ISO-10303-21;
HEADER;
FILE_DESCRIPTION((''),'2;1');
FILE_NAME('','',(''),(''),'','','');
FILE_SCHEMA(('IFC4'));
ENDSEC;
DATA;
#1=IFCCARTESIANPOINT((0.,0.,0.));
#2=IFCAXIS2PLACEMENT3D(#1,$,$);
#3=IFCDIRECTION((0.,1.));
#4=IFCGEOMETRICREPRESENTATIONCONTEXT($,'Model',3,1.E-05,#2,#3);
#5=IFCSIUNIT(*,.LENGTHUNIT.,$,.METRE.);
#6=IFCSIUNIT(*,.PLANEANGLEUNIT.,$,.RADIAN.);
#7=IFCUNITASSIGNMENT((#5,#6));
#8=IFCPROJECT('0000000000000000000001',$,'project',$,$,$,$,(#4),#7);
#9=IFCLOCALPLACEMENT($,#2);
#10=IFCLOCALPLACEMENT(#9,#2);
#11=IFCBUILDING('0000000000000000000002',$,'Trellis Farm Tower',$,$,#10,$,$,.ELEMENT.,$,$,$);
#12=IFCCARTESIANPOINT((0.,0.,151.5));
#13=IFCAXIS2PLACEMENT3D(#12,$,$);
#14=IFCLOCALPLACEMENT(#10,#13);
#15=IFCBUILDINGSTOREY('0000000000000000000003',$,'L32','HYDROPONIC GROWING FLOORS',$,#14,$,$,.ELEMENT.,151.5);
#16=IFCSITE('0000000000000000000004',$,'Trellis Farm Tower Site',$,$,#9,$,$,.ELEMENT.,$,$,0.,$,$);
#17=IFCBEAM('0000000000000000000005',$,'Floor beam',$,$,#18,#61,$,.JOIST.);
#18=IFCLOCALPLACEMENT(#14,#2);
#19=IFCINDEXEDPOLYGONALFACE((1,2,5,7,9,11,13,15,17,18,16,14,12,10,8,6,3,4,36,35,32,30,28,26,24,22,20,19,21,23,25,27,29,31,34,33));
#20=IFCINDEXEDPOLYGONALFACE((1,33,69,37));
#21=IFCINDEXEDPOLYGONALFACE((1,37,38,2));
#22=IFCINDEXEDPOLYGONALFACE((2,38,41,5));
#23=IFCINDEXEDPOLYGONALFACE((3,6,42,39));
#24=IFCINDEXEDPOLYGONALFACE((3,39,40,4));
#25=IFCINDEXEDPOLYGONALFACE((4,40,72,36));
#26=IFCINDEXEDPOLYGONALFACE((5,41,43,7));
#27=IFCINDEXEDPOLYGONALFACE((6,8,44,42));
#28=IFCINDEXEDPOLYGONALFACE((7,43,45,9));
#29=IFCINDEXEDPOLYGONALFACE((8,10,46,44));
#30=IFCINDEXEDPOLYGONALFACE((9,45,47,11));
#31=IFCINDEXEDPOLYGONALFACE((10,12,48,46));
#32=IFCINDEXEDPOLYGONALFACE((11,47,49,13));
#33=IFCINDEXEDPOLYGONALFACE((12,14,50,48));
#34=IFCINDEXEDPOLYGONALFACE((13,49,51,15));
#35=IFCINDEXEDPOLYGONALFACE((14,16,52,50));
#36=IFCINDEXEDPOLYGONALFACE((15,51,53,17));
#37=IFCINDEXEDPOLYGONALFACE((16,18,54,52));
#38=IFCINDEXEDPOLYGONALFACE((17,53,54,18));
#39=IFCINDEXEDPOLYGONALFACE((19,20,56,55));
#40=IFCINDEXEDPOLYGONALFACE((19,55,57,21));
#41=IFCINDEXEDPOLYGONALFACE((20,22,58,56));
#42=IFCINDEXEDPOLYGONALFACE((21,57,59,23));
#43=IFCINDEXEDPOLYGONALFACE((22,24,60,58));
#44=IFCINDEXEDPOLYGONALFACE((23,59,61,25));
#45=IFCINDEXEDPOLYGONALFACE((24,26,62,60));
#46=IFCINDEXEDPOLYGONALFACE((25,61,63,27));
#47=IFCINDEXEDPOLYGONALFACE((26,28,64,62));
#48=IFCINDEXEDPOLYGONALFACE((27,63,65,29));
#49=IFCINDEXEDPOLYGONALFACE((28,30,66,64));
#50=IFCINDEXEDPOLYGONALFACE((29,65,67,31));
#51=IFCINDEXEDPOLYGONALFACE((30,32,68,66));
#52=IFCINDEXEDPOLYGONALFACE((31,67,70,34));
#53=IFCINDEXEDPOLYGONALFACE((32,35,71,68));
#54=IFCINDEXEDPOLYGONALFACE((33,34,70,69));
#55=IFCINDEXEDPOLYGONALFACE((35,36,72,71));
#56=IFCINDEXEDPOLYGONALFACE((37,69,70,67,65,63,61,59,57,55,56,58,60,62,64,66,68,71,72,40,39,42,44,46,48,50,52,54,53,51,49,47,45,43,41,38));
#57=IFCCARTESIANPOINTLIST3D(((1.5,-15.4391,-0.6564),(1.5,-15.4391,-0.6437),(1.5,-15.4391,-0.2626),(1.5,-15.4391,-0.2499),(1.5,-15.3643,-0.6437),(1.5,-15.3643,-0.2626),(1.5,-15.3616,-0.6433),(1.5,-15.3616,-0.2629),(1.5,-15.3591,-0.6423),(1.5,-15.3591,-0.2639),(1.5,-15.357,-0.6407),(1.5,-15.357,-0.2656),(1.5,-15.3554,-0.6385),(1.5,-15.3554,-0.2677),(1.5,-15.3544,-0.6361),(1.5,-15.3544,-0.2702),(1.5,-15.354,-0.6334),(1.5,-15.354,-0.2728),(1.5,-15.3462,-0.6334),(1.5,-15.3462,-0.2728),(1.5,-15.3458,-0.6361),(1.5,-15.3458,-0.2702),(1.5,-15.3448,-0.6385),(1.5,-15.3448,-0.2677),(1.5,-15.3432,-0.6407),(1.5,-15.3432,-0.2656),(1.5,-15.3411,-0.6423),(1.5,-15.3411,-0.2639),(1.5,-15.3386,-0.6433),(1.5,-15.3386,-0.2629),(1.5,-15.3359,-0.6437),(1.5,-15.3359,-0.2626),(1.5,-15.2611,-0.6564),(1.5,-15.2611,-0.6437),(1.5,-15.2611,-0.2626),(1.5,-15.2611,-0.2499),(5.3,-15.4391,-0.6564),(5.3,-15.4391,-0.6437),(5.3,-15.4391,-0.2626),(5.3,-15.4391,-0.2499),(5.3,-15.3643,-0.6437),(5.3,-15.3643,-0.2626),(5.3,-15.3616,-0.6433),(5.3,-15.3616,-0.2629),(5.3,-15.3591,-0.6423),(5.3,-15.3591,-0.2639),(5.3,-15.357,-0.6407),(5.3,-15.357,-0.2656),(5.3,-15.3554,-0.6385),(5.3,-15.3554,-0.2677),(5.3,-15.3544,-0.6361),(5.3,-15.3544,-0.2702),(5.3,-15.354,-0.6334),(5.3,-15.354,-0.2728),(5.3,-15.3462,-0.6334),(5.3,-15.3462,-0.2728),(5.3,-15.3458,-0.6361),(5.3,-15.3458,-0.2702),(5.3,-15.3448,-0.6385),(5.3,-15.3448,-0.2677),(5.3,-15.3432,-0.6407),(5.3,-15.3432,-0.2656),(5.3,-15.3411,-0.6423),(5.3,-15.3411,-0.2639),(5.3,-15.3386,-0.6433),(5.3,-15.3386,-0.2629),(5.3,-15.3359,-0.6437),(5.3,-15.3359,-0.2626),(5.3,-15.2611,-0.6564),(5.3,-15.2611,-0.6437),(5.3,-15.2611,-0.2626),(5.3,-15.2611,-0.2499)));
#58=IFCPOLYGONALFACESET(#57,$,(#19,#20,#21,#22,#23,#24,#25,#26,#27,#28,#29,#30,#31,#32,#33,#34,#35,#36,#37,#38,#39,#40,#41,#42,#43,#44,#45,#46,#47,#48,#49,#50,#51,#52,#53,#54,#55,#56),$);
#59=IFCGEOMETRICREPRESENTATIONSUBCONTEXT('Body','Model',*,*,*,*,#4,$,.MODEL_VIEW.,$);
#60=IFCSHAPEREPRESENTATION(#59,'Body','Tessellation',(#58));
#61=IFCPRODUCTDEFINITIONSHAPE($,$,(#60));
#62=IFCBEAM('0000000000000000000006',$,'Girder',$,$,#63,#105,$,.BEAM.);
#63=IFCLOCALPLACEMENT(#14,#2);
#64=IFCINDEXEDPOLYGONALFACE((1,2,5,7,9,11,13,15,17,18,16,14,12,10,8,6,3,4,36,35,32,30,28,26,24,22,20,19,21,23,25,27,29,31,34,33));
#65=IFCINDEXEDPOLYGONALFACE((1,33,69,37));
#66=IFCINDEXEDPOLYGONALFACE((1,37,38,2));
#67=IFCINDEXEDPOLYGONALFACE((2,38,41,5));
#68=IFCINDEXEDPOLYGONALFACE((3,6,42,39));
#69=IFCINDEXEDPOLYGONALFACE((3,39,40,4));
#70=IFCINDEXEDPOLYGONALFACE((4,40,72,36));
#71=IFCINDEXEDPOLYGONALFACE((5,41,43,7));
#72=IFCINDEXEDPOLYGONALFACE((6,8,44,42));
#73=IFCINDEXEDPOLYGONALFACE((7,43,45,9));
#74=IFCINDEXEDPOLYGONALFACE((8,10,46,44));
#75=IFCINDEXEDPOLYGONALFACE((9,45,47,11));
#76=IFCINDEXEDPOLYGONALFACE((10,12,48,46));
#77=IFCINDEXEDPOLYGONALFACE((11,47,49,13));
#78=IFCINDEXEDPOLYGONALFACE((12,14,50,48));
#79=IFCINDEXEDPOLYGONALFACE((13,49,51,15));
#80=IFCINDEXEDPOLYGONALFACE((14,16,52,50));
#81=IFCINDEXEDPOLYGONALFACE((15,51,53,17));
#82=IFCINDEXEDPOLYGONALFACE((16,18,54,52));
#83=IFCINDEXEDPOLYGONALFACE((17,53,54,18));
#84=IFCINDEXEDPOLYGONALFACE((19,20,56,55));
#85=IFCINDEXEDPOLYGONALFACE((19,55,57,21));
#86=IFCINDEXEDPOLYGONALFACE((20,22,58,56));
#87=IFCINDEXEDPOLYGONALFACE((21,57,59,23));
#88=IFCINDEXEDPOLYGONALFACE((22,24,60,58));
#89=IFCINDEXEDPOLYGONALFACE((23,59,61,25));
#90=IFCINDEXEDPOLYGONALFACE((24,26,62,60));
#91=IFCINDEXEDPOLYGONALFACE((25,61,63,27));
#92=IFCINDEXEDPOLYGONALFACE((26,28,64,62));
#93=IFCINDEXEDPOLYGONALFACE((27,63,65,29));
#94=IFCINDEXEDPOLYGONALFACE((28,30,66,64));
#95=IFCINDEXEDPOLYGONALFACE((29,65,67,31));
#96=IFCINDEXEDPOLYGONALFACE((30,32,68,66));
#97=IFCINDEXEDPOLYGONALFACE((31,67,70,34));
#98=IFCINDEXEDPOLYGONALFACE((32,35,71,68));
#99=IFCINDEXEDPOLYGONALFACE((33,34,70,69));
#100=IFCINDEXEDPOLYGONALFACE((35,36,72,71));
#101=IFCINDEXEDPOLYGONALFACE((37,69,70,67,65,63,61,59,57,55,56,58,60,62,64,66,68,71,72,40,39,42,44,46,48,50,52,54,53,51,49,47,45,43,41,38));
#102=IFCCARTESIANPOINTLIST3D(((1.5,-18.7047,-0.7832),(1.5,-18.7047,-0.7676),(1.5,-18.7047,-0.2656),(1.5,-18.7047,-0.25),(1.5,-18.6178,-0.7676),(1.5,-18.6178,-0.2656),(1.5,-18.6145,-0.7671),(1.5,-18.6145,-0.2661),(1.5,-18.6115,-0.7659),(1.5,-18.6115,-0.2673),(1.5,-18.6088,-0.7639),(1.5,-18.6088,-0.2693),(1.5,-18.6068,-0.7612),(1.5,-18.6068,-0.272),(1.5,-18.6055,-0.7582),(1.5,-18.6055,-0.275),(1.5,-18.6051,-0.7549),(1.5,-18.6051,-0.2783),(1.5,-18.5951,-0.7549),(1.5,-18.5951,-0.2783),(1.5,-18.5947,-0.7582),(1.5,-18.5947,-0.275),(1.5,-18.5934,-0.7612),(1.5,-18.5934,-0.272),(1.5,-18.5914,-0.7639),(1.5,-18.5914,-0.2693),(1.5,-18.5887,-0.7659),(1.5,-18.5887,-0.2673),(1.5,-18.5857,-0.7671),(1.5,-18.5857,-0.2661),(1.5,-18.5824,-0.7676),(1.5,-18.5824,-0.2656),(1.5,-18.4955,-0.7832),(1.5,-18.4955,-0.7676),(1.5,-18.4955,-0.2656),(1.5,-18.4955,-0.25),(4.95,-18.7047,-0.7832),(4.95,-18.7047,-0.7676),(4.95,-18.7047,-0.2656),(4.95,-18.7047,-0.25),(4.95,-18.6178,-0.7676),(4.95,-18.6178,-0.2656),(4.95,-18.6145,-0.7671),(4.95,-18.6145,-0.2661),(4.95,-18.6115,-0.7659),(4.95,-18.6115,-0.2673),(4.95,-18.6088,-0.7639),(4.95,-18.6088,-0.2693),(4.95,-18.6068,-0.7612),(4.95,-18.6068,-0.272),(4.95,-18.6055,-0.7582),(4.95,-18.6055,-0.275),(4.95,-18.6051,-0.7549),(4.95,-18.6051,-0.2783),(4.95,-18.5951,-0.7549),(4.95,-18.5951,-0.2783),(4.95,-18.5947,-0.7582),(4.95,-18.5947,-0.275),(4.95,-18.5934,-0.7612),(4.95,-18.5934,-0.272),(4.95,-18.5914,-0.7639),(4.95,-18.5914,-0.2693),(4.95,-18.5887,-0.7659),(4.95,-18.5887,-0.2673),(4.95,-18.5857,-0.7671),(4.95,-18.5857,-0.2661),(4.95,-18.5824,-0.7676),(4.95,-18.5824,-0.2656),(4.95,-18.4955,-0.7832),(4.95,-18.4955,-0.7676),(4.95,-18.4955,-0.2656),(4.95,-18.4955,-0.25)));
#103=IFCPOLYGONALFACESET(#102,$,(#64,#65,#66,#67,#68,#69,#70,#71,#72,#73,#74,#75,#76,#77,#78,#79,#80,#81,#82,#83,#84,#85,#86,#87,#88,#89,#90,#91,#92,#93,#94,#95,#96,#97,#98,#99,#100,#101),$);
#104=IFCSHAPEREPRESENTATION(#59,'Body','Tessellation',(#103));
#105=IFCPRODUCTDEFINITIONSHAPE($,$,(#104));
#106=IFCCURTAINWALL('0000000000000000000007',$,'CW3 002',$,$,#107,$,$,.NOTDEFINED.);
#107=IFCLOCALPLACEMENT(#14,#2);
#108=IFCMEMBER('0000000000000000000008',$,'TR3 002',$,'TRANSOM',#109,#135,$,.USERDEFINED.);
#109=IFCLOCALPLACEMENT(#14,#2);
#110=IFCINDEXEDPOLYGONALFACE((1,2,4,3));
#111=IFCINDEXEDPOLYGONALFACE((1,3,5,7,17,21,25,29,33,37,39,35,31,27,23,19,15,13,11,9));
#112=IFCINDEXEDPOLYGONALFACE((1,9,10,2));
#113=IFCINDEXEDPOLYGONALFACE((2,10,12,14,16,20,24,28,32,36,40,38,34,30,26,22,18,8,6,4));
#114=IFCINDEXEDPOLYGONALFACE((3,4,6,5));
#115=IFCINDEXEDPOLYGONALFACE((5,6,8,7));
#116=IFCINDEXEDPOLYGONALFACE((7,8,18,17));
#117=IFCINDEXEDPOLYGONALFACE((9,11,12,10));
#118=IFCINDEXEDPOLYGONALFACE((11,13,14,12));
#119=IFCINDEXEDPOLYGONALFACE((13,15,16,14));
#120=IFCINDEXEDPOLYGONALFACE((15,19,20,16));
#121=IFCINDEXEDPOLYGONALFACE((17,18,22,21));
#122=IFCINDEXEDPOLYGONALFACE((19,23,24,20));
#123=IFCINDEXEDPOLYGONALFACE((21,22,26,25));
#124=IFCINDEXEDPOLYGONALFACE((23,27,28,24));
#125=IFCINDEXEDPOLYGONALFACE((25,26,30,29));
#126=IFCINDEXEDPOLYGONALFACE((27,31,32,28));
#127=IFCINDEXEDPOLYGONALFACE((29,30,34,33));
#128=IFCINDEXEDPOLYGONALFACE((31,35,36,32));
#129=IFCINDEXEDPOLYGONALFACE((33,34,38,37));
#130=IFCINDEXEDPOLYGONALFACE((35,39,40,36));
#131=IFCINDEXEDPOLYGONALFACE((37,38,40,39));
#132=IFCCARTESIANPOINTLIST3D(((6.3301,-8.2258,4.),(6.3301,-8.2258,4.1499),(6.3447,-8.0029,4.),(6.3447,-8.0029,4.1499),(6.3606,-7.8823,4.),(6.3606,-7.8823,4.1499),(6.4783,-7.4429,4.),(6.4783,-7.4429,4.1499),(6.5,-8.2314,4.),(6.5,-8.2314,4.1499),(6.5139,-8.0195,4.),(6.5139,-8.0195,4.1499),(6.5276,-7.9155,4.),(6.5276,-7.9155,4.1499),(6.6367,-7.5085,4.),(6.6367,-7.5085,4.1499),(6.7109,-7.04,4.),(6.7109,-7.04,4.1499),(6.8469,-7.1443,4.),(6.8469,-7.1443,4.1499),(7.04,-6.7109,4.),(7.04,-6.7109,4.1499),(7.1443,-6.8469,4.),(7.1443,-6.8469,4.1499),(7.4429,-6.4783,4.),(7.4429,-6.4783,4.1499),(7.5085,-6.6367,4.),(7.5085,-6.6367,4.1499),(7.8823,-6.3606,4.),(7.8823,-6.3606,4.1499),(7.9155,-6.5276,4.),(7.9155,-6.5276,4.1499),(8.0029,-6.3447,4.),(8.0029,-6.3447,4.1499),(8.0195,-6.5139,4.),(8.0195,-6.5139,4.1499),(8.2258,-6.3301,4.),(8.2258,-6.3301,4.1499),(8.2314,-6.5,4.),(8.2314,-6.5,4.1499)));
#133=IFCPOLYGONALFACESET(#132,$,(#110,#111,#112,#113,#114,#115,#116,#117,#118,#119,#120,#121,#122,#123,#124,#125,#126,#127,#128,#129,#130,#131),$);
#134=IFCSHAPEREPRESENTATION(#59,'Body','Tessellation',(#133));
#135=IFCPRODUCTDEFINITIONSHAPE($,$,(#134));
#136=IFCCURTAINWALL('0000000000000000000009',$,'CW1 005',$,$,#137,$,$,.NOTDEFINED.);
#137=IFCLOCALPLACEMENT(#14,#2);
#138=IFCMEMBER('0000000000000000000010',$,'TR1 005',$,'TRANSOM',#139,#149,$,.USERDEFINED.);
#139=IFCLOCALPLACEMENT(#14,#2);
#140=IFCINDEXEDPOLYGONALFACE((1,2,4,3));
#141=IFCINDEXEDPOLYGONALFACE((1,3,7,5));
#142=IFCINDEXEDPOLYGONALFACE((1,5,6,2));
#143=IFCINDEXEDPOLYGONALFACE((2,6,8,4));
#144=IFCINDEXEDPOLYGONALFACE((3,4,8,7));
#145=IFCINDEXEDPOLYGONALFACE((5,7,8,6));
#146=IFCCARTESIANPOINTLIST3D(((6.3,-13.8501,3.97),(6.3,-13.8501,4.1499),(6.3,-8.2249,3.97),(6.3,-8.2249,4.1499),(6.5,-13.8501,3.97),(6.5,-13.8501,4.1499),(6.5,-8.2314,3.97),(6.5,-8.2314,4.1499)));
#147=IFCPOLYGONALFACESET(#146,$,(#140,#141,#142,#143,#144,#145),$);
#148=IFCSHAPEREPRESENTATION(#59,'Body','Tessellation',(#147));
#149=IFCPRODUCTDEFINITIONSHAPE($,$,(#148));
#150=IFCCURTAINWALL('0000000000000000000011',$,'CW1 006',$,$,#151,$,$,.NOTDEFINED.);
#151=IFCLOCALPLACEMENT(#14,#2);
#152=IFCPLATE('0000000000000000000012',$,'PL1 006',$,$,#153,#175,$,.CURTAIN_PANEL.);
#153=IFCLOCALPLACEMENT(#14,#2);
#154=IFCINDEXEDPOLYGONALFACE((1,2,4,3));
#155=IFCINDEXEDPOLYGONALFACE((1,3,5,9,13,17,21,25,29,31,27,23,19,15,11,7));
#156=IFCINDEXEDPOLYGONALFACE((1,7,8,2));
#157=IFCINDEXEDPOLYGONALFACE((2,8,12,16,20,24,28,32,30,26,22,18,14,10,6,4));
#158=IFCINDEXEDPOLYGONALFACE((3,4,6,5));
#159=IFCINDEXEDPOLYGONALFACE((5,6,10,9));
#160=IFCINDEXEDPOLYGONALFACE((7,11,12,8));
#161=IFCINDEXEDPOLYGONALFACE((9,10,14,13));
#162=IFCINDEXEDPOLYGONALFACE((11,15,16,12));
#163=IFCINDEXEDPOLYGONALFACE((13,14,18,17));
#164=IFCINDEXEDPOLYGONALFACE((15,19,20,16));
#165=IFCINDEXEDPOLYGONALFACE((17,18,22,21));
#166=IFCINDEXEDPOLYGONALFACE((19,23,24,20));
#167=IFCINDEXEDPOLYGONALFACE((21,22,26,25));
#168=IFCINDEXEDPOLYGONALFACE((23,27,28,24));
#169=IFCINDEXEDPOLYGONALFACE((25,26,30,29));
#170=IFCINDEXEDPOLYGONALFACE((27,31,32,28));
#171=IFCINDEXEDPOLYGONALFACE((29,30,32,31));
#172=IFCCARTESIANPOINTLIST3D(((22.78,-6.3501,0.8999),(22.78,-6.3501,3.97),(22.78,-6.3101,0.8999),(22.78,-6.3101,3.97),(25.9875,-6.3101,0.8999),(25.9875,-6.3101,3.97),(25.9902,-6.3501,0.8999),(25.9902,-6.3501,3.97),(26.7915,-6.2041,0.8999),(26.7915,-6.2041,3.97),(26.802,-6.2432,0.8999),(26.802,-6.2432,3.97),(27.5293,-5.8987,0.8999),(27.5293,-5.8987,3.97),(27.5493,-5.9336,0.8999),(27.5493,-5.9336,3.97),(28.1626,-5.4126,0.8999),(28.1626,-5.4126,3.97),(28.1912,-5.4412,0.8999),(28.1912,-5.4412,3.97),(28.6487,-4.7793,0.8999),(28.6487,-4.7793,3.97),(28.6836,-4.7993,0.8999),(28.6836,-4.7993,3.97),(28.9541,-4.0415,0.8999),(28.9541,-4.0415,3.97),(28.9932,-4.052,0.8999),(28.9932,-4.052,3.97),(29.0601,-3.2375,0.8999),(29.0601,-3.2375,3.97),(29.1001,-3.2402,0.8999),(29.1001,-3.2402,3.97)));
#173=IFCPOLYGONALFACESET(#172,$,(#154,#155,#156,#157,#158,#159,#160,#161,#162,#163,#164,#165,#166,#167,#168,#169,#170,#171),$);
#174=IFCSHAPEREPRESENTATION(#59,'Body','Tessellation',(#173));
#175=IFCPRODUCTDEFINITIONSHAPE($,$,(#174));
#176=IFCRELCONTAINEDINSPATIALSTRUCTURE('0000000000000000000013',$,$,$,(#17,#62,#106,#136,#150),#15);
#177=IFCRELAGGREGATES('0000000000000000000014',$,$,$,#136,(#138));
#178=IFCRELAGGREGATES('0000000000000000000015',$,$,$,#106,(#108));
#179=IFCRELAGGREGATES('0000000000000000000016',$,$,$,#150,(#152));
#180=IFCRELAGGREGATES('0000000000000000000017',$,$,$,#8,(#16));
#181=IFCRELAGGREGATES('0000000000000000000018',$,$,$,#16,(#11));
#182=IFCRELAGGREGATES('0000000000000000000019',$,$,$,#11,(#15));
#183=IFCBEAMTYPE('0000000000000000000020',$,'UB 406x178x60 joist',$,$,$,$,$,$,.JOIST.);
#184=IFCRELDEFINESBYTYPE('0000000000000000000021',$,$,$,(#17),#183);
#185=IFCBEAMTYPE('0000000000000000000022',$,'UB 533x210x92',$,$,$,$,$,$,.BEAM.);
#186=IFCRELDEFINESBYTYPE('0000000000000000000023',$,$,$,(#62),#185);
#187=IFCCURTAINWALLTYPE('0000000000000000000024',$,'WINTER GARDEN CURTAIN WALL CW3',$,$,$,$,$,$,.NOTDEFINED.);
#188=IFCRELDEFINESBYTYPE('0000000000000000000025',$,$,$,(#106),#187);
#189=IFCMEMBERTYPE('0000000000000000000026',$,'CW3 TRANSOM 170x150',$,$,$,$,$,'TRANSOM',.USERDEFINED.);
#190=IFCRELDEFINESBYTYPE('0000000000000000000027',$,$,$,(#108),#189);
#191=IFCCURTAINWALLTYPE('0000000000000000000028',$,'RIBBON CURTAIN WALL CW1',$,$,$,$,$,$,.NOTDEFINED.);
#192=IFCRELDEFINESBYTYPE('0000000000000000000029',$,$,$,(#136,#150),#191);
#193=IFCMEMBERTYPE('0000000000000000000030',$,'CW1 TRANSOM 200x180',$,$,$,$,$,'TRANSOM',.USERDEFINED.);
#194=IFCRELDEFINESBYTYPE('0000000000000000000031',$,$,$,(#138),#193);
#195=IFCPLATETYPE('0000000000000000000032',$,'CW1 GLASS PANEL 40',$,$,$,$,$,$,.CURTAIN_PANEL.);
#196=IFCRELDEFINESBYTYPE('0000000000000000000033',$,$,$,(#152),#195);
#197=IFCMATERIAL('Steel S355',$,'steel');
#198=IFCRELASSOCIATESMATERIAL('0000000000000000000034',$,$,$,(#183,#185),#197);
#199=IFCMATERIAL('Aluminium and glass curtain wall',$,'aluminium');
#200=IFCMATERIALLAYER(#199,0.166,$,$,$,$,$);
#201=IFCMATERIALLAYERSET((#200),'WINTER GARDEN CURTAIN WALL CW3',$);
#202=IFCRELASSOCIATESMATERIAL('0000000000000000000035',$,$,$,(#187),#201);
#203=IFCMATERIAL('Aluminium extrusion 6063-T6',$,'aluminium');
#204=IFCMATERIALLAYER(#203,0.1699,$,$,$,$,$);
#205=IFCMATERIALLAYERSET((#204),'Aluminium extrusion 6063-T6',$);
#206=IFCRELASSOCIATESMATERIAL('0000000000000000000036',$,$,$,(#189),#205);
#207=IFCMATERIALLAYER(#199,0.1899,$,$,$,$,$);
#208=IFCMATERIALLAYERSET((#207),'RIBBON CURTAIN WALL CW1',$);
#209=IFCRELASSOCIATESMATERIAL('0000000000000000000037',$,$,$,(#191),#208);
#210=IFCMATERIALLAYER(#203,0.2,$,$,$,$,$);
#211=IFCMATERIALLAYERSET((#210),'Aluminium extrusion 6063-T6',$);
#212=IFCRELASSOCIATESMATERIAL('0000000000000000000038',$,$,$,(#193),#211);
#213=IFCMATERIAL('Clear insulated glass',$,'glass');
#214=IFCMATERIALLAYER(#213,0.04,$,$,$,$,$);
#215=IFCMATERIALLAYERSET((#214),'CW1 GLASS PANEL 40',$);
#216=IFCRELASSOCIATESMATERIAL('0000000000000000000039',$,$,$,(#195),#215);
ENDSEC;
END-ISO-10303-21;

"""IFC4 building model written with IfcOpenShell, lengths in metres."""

from ifc_helpers import new_model, si_unit, direction, frame, origin, origin_2d, place, context, subcontext, project, spatial, polyline, i_section, outline, extrude, source, transform, mapped, material, layer, layer_set, material_profile, profile_set, type_object, element, aggregate, save


model = new_model("IFC4")

# Units and contexts
model_context = context("Model", 3, precision=1e-05, world=origin(), true_north=direction((0.0, 1.0)))
body_context = subcontext(model_context, "Body", "Model", "MODEL_VIEW")
ifc_project = project(units=[si_unit("LENGTHUNIT", "METRE"), si_unit("PLANEANGLEUNIT", "RADIAN")], contexts=[model_context])

# Site, building, storey
site_placement = place(None, origin())
site = spatial("IfcSite", under=ifc_project, at=site_placement, Name="Trellis Farm Tower Site", CompositionType="ELEMENT", RefElevation=0.0)
building_placement = place(site_placement, origin())
building = spatial("IfcBuilding", under=site, at=building_placement, Name="Trellis Farm Tower", CompositionType="ELEMENT")
storey_placement = place(building_placement, frame((0.0, 0.0, 151.5)))
storey = spatial("IfcBuildingStorey", under=building, at=storey_placement, Name="L32", Description="HYDROPONIC GROWING FLOORS", CompositionType="ELEMENT", Elevation=151.5)

# Beams
ifc_material_1 = material(Name="Steel S355", Category="steel")
ifc_material_profile_1 = material_profile(ifc_material_1, i_section(OverallWidth=0.178, OverallDepth=0.4065, WebThickness=0.0078, FlangeThickness=0.0127, FilletRadius=0.0103, at=origin_2d()), Name="UB 406x178x60")
ifc_profile_set_1 = profile_set([ifc_material_profile_1], Name="Steel S355")
beam_type_1 = type_object("IfcBeamType", Name="UB 406x178x60 joist", PredefinedType="JOIST", material=ifc_profile_set_1)
shared_shape_1 = source(origin(), body_context, "Body", "SweptSolid", [
    extrude(i_section(OverallWidth=0.178, OverallDepth=0.4065, WebThickness=0.0078, FlangeThickness=0.0127, FilletRadius=0.0103, at=origin_2d()), origin(), (0.0, 0.0, 1.0), 3.8),
])
beam_1_placement = place(storey_placement, frame((1.5, -15.3501, -0.4531), z_axis=(1.0, 0.0, 0.0), x_axis=(0.0, 1.0, 0.0)))
element("IfcBeam", 1, at=beam_1_placement, inside=storey, type_object=beam_type_1, Name="Floor beam", PredefinedType="JOIST", context=body_context, shape_type="MappedRepresentation", body=[
    mapped(shared_shape_1, transform((0.0, 0.0, 0.0))),
])
ifc_material_profile_2 = material_profile(ifc_material_1, i_section(OverallWidth=0.2092, OverallDepth=0.5332, WebThickness=0.01, FlangeThickness=0.0156, FilletRadius=0.0127, at=origin_2d()), Name="UB 533x210x92")
ifc_profile_set_2 = profile_set([ifc_material_profile_2], Name="Steel S355")
beam_type_2 = type_object("IfcBeamType", Name="UB 533x210x92", PredefinedType="BEAM", material=ifc_profile_set_2)
shared_shape_2 = source(origin(), body_context, "Body", "SweptSolid", [
    extrude(i_section(OverallWidth=0.2092, OverallDepth=0.5332, WebThickness=0.01, FlangeThickness=0.0156, FilletRadius=0.0127, at=origin_2d()), origin(), (0.0, 0.0, 1.0), 3.45),
])
beam_2_placement = place(storey_placement, frame((1.5, -18.6001, -0.5166), z_axis=(1.0, 0.0, 0.0), x_axis=(0.0, 1.0, 0.0)))
element("IfcBeam", 2, at=beam_2_placement, inside=storey, type_object=beam_type_2, Name="Girder", PredefinedType="BEAM", context=body_context, shape_type="MappedRepresentation", body=[
    mapped(shared_shape_2, transform((0.0, 0.0, 0.0))),
])

# Curtain walls, members
ifc_material_2 = material(Name="Aluminium and glass curtain wall", Category="aluminium")
ifc_layer_1 = layer(ifc_material_2, 0.166)
ifc_layer_set_1 = layer_set([ifc_layer_1], Name="WINTER GARDEN CURTAIN WALL CW3")
curtain_wall_type_1 = type_object("IfcCurtainWallType", Name="WINTER GARDEN CURTAIN WALL CW3", PredefinedType="NOTDEFINED", material=ifc_layer_set_1)
placement_1 = place(storey_placement, origin())
curtain_wall_1 = element("IfcCurtainWall", 3, at=placement_1, inside=storey, type_object=curtain_wall_type_1, Name="CW3 002", PredefinedType="NOTDEFINED")
ifc_material_3 = material(Name="Aluminium extrusion 6063-T6", Category="aluminium")
ifc_layer_2 = layer(ifc_material_3, 0.1699)
ifc_layer_set_2 = layer_set([ifc_layer_2], Name="Aluminium extrusion 6063-T6")
member_type_1 = type_object("IfcMemberType", Name="CW3 TRANSOM 170x150", ElementType="TRANSOM", PredefinedType="USERDEFINED", material=ifc_layer_set_2)
shared_shape_3 = source(origin(), body_context, "Body", "SweptSolid", [
    extrude(outline(polyline([(6.5, -8.2314), (6.5139, -8.0195), (6.5276, -7.9155), (6.6367, -7.5085), (6.8469, -7.1443), (7.1443, -6.8469), (7.5085, -6.6367), (7.9155, -6.5276), (8.0195, -6.5139), (8.2314, -6.5), (8.2258, -6.3301), (8.0029, -6.3447), (7.8823, -6.3606), (7.4429, -6.4783), (7.04, -6.7109), (6.7109, -7.04), (6.4783, -7.4429), (6.3606, -7.8823), (6.3447, -8.0029), (6.3301, -8.2258), (6.5, -8.2314)])), origin(), (0.0, 0.0, 1.0), 0.1499),
])
member_1_placement = place(storey_placement, frame((0.0, 0.0, 4.0)))
member_1 = element("IfcMember", 4, at=member_1_placement, type_object=member_type_1, Name="TR3 002", ObjectType="TRANSOM", PredefinedType="USERDEFINED", context=body_context, shape_type="MappedRepresentation", body=[
    mapped(shared_shape_3, transform((0.0, 0.0, 0.0))),
])
ifc_layer_3 = layer(ifc_material_2, 0.1899)
ifc_layer_set_3 = layer_set([ifc_layer_3], Name="RIBBON CURTAIN WALL CW1")
curtain_wall_type_2 = type_object("IfcCurtainWallType", Name="RIBBON CURTAIN WALL CW1", PredefinedType="NOTDEFINED", material=ifc_layer_set_3)
curtain_wall_2 = element("IfcCurtainWall", 5, at=placement_1, inside=storey, type_object=curtain_wall_type_2, Name="CW1 005", PredefinedType="NOTDEFINED")
ifc_layer_4 = layer(ifc_material_3, 0.2)
ifc_layer_set_4 = layer_set([ifc_layer_4], Name="Aluminium extrusion 6063-T6")
member_type_2 = type_object("IfcMemberType", Name="CW1 TRANSOM 200x180", ElementType="TRANSOM", PredefinedType="USERDEFINED", material=ifc_layer_set_4)
shared_shape_4 = source(origin(), body_context, "Body", "SweptSolid", [
    extrude(outline(polyline([(6.5, -13.8501), (6.5, -8.2314), (6.3, -8.2249), (6.3, -13.8501), (6.5, -13.8501)])), origin(), (0.0, 0.0, 1.0), 0.1799),
])
member_2_placement = place(storey_placement, frame((0.0, 0.0, 3.97)))
member_2 = element("IfcMember", 6, at=member_2_placement, type_object=member_type_2, Name="TR1 005", ObjectType="TRANSOM", PredefinedType="USERDEFINED", context=body_context, shape_type="MappedRepresentation", body=[
    mapped(shared_shape_4, transform((0.0, 0.0, 0.0))),
])
aggregate(curtain_wall_2, [member_2])

# Curtain wall, plate
curtain_wall_3 = element("IfcCurtainWall", 7, at=placement_1, inside=storey, type_object=curtain_wall_type_2, Name="CW1 006", PredefinedType="NOTDEFINED")
ifc_material_4 = material(Name="Clear insulated glass", Category="glass")
ifc_layer_5 = layer(ifc_material_4, 0.04)
ifc_layer_set_5 = layer_set([ifc_layer_5], Name="CW1 GLASS PANEL 40")
plate_type_1 = type_object("IfcPlateType", Name="CW1 GLASS PANEL 40", PredefinedType="CURTAIN_PANEL", material=ifc_layer_set_5)
plate_1_placement = place(storey_placement, frame((0.0, 0.0, 0.8999)))
plate_1 = element("IfcPlate", 8, at=plate_1_placement, type_object=plate_type_1, Name="PL1 006", PredefinedType="CURTAIN_PANEL", context=body_context, shape_type="SweptSolid", body=[
    extrude(outline(polyline([(22.78, -6.3501), (25.9902, -6.3501), (26.802, -6.2432), (27.5493, -5.9336), (28.1912, -5.4412), (28.6836, -4.7993), (28.9932, -4.052), (29.1001, -3.2402), (29.0601, -3.2375), (28.9541, -4.0415), (28.6487, -4.7793), (28.1626, -5.4126), (27.5293, -5.8987), (26.7915, -6.2041), (25.9875, -6.3101), (22.78, -6.3101), (22.78, -6.3501)])), origin(), (0.0, 0.0, 1.0), 3.0701),
])

aggregate(curtain_wall_1, [member_1])
aggregate(curtain_wall_3, [plate_1])

save(model, "model.ifc")
